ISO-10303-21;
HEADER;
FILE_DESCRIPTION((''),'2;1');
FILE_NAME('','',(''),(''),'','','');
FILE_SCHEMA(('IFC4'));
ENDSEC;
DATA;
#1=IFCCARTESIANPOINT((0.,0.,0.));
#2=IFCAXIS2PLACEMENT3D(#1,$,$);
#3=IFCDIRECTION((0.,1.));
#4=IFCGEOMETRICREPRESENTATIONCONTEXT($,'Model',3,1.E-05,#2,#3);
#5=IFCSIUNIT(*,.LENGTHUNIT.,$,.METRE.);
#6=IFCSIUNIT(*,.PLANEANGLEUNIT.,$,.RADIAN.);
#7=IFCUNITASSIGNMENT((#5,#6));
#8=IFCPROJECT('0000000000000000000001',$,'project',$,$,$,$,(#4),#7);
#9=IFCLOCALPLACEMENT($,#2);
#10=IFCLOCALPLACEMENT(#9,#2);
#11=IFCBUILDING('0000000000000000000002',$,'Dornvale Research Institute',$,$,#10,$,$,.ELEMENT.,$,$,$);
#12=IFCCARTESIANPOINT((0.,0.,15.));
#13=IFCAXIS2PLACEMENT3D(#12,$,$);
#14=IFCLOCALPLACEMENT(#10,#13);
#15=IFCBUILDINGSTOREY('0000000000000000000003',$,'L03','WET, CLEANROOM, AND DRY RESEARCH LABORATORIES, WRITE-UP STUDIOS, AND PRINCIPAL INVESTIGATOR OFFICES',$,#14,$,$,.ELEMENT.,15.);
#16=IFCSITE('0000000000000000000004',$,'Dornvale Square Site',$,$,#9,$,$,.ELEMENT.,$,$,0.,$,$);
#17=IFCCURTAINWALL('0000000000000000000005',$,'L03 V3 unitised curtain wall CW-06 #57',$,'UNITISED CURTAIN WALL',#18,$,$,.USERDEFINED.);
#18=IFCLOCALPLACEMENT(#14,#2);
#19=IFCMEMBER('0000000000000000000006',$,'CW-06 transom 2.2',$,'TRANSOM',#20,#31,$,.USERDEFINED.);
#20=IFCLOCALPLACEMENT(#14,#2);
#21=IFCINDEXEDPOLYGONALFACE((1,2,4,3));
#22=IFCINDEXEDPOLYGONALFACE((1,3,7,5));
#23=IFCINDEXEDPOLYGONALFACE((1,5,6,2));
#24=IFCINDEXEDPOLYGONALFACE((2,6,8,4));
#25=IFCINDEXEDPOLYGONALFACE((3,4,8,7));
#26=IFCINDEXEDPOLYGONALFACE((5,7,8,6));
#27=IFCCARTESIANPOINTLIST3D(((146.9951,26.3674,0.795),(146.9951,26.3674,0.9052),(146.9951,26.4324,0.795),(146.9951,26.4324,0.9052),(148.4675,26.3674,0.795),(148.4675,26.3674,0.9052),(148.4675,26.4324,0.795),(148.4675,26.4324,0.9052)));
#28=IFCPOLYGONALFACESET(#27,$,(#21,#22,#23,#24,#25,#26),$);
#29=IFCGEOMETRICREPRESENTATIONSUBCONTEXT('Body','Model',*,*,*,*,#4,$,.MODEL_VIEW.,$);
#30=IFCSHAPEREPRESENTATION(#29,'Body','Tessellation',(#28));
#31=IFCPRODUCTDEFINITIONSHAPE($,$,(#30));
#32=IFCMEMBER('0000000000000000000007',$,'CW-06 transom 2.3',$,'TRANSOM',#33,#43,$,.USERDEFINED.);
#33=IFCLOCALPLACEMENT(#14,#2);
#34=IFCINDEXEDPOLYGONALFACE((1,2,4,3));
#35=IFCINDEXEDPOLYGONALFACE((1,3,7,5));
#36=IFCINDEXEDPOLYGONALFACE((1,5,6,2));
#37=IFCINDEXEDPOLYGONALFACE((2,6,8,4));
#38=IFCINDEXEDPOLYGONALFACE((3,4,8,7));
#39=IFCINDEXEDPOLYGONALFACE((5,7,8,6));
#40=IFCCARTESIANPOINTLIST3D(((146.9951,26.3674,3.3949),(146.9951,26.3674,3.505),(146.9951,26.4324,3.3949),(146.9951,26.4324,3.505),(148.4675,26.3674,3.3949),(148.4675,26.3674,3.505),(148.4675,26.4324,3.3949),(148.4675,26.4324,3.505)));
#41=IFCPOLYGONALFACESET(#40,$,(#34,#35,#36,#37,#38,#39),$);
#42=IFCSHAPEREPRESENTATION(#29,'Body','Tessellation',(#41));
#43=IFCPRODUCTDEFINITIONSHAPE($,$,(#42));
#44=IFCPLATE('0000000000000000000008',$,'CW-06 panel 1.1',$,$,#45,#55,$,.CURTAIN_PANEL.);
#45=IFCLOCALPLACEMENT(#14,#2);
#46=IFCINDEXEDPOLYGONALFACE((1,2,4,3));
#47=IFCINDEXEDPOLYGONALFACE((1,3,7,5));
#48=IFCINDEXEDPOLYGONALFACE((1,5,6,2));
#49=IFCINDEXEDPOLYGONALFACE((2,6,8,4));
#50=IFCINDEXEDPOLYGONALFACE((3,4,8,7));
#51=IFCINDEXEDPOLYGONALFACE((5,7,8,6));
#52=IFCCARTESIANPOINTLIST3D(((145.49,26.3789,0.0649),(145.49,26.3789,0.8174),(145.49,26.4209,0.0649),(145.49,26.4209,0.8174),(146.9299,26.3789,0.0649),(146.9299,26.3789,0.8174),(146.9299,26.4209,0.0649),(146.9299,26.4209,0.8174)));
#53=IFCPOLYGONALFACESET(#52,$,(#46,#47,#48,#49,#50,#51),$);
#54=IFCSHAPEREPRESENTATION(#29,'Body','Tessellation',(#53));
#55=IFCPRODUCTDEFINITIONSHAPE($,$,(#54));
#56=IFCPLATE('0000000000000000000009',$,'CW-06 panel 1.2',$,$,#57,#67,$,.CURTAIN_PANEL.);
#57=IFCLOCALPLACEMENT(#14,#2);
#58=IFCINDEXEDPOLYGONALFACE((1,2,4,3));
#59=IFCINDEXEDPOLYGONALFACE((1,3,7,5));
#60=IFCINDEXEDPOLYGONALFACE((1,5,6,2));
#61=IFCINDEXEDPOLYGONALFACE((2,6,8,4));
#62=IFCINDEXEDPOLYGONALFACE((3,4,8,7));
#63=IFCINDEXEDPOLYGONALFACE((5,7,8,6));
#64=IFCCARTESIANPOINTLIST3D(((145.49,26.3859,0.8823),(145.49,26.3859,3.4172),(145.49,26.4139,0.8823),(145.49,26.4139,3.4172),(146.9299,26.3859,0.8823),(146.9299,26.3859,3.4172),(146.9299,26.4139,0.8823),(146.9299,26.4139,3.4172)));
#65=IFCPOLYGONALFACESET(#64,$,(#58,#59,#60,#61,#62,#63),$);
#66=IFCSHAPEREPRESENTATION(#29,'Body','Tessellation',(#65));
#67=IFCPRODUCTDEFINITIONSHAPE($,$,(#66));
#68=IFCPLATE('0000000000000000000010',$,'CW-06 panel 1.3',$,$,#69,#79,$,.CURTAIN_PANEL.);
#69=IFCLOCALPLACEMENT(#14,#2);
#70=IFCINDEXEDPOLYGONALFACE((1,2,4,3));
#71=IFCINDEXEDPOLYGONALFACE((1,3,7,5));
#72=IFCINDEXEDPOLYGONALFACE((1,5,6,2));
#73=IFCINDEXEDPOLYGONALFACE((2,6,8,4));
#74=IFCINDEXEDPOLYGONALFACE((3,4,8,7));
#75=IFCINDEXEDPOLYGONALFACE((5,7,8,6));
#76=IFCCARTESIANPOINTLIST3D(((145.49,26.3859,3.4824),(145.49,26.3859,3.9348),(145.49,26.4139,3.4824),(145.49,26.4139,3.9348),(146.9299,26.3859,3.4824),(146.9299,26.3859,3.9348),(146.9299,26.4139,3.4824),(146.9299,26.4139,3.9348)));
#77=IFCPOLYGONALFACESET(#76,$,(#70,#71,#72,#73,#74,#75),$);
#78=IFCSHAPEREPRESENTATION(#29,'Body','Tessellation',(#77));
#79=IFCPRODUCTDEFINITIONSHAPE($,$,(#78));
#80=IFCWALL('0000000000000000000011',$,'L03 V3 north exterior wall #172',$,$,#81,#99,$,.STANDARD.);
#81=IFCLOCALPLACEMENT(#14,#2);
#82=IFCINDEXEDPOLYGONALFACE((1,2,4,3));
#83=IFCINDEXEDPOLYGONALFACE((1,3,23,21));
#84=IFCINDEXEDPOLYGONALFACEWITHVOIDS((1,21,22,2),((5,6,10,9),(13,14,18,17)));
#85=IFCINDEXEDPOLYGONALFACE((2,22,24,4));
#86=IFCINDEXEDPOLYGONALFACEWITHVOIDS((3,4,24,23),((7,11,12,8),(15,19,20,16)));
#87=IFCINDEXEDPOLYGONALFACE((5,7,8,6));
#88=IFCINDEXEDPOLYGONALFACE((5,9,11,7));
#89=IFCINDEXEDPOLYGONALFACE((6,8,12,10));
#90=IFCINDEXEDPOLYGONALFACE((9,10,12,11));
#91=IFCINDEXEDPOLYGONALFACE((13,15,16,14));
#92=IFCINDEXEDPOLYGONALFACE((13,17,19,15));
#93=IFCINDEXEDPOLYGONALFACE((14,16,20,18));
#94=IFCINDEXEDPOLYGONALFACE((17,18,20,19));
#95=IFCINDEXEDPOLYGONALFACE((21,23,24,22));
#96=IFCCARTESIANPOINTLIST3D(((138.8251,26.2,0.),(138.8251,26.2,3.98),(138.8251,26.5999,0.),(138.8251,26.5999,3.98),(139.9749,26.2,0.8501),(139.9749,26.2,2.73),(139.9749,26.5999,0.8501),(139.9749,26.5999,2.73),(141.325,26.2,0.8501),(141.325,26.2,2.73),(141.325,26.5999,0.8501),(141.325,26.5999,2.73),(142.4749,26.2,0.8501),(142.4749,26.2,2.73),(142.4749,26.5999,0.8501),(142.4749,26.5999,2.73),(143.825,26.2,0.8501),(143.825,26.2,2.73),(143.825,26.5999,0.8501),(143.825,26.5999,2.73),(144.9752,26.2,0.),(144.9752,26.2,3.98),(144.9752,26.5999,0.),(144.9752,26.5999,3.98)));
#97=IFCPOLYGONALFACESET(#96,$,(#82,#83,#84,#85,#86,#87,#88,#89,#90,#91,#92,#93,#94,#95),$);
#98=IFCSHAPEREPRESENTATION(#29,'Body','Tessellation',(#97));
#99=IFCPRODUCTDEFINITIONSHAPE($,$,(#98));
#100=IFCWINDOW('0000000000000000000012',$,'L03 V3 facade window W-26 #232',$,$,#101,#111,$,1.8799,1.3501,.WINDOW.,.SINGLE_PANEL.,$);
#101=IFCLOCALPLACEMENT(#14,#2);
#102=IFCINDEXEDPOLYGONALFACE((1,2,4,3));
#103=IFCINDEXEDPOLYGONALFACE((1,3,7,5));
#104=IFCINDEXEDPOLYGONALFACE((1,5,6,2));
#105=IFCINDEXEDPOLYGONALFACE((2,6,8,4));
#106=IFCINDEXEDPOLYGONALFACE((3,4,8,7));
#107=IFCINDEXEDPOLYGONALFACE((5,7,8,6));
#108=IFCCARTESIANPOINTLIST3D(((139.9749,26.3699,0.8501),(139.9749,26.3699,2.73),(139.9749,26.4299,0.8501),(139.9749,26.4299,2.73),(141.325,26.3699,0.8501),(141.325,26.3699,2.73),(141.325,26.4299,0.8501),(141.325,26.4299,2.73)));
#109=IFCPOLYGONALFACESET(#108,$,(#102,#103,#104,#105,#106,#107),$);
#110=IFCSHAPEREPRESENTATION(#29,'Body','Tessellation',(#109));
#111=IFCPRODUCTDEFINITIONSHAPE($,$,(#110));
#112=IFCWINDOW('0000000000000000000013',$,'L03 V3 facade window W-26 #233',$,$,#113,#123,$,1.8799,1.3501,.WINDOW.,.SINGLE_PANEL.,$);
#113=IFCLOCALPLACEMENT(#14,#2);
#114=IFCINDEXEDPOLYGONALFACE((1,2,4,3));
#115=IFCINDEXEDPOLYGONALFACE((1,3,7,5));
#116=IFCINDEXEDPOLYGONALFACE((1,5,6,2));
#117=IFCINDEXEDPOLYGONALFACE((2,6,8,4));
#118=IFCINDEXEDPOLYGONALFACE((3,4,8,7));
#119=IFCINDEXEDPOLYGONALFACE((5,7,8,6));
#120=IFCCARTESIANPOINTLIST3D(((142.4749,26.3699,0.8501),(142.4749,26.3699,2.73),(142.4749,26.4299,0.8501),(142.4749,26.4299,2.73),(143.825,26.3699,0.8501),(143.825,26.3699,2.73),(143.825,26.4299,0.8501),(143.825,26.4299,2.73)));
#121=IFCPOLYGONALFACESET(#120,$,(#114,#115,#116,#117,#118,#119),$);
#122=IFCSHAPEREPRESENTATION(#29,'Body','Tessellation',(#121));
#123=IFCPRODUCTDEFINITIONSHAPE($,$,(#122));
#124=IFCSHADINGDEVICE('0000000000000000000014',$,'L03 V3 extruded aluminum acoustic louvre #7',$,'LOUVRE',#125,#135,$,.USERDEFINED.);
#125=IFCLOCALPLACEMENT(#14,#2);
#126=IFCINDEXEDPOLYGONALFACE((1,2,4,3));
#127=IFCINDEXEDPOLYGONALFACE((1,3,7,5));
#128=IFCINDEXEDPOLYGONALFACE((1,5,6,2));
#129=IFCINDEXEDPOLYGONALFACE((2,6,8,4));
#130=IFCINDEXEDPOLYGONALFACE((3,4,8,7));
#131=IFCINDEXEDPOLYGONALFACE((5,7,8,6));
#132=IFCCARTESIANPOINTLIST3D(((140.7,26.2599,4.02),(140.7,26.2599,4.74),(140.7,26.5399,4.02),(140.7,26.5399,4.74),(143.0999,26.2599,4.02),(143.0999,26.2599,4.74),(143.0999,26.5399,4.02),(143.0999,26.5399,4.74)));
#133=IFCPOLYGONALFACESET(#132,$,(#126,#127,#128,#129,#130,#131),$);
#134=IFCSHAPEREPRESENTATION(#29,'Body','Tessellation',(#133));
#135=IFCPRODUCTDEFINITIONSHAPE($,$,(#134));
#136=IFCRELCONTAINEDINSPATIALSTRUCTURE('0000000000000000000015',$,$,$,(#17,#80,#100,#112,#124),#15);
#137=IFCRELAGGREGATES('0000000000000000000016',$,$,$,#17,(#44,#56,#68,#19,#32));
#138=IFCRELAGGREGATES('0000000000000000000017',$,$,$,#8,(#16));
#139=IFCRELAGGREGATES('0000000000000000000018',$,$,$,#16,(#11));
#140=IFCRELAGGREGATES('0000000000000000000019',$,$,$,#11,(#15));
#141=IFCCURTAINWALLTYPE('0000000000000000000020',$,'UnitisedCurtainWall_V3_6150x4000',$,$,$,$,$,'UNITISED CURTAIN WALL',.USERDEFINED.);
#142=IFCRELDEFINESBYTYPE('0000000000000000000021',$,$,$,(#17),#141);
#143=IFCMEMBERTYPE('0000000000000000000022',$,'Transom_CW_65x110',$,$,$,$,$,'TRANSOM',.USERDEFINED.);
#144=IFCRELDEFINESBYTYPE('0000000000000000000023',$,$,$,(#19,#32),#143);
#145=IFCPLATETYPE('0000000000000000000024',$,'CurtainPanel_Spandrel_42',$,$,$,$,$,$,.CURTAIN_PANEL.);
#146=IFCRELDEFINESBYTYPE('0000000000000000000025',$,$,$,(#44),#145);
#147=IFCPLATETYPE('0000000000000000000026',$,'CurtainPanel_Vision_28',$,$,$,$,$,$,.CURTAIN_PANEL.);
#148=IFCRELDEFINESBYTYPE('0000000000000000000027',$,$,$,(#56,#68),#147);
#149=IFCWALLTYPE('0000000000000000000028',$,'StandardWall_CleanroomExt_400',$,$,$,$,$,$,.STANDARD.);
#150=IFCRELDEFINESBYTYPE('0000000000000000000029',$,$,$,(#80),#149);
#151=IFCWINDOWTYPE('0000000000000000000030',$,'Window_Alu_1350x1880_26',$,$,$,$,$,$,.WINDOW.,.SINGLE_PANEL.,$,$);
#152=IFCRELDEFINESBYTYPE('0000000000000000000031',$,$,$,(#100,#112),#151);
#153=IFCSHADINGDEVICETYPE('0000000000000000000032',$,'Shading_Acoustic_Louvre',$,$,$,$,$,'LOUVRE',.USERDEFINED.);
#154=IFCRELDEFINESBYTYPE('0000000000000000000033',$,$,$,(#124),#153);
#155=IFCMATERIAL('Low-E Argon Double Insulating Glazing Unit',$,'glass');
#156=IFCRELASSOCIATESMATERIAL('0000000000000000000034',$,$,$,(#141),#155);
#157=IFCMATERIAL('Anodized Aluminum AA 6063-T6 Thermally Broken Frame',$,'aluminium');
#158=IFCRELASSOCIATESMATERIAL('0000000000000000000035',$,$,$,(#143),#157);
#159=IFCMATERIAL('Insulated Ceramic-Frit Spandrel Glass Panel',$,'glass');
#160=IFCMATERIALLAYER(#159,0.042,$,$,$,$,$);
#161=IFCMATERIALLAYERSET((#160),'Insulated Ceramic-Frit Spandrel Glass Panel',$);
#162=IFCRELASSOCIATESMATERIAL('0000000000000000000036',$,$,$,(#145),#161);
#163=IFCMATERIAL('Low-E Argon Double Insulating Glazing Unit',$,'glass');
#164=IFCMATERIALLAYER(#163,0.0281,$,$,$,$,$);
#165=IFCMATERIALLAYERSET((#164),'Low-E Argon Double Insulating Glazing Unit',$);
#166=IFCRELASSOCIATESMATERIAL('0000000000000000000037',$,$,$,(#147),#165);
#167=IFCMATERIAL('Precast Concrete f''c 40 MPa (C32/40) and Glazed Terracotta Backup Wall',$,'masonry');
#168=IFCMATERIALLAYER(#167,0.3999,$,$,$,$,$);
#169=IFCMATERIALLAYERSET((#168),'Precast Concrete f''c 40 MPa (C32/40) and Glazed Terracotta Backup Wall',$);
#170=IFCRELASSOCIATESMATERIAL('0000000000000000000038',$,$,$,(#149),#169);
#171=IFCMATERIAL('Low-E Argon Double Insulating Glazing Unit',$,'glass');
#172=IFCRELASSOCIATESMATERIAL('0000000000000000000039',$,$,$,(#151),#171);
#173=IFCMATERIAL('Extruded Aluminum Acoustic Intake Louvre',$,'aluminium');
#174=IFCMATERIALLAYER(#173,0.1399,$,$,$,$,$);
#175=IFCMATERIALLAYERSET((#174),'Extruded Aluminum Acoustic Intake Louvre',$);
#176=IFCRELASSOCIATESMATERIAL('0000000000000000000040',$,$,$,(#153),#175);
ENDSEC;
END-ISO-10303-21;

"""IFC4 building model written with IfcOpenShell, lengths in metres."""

from ifc_helpers import new_model, si_unit, direction, frame, frame_2d, origin, origin_2d, place, context, subcontext, project, spatial, rectangle, extrude, material, layer, layer_set, material_profile, profile_set, type_object, element, fill, aggregate, save


model = new_model("IFC4")

# Units and contexts
model_context = context("Model", 3, precision=1e-05, world=origin(), true_north=direction((0.0, 1.0)))
body_context = subcontext(model_context, "Body", "Model", "MODEL_VIEW")
ifc_project = project(units=[si_unit("LENGTHUNIT", "METRE"), si_unit("PLANEANGLEUNIT", "RADIAN")], contexts=[model_context])

# Site, building, storey
site_placement = place(None, origin())
site = spatial("IfcSite", under=ifc_project, at=site_placement, Name="Dornvale Square Site", CompositionType="ELEMENT", RefElevation=0.0)
building_placement = place(site_placement, origin())
building = spatial("IfcBuilding", under=site, at=building_placement, Name="Dornvale Research Institute", CompositionType="ELEMENT")
storey_placement = place(building_placement, frame((0.0, 0.0, 15.0)))
storey = spatial("IfcBuildingStorey", under=building, at=storey_placement, Name="L03", Description="WET, CLEANROOM, AND DRY RESEARCH LABORATORIES, WRITE-UP STUDIOS, AND PRINCIPAL INVESTIGATOR OFFICES", CompositionType="ELEMENT", Elevation=15.0)

# Shared definitions
ifc_material_1 = material(Name="Low-E Argon Double Insulating Glazing Unit", Category="glass")
curtain_wall_type = type_object("IfcCurtainWallType", Name="UnitisedCurtainWall_V3_6150x4000", ElementType="UNITISED CURTAIN WALL", PredefinedType="USERDEFINED", material=ifc_material_1)

# Curtain wall
curtain_wall_1_placement = place(storey_placement, origin())
curtain_wall_1 = element("IfcCurtainWall", 1, at=curtain_wall_1_placement, inside=storey, type_object=curtain_wall_type, Name="L03 V3 unitised curtain wall CW-06 #57", ObjectType="UNITISED CURTAIN WALL", PredefinedType="USERDEFINED")

# Members
ifc_material_2 = material(Name="Anodized Aluminum AA 6063-T6 Thermally Broken Frame", Category="aluminium")
ifc_material_profile_1 = material_profile(ifc_material_2, rectangle(XDim=0.0649, YDim=0.1101, at=origin_2d()), Name="ALU TRANSOM 65x110")
ifc_profile_set_1 = profile_set([ifc_material_profile_1], Name="Anodized Aluminum AA 6063-T6 Thermally Broken Frame")
member_type_1 = type_object("IfcMemberType", Name="Transom_CW_65x110", ElementType="TRANSOM", PredefinedType="USERDEFINED", material=ifc_profile_set_1)
member_1_placement = place(storey_placement, frame((146.9951, 26.3999, 0.8501), z_axis=(1.0, 0.0, 0.0), x_axis=(0.0, 1.0, 0.0)))
member_1 = element("IfcMember", 2, at=member_1_placement, type_object=member_type_1, Name="CW-06 transom 2.2", ObjectType="TRANSOM", PredefinedType="USERDEFINED", context=body_context, shape_type="SweptSolid", body=[
    extrude(rectangle(XDim=0.0649, YDim=0.1101, at=origin_2d()), origin(), (0.0, 0.0, 1.0), 1.4724),
])
member_2_placement = place(storey_placement, frame((146.9951, 26.3999, 3.45), z_axis=(1.0, 0.0, 0.0), x_axis=(0.0, 1.0, 0.0)))
member_2 = element("IfcMember", 3, at=member_2_placement, type_object=member_type_1, Name="CW-06 transom 2.3", ObjectType="TRANSOM", PredefinedType="USERDEFINED", context=body_context, shape_type="SweptSolid", body=[
    extrude(rectangle(XDim=0.0649, YDim=0.1101, at=origin_2d()), origin(), (0.0, 0.0, 1.0), 1.4724),
])

# Plates
ifc_material_3 = material(Name="Insulated Ceramic-Frit Spandrel Glass Panel", Category="glass")
ifc_layer_1 = layer(ifc_material_3, 0.042)
ifc_layer_set_1 = layer_set([ifc_layer_1], Name="Insulated Ceramic-Frit Spandrel Glass Panel")
plate_type_1 = type_object("IfcPlateType", Name="CurtainPanel_Spandrel_42", PredefinedType="CURTAIN_PANEL", material=ifc_layer_set_1)
plate_1_placement = place(storey_placement, frame((146.21, 26.3999, 0.0649), z_axis=(0.0, 0.0, 1.0), x_axis=(1.0, 0.0, 0.0)))
plate_1 = element("IfcPlate", 4, at=plate_1_placement, type_object=plate_type_1, Name="CW-06 panel 1.1", PredefinedType="CURTAIN_PANEL", context=body_context, shape_type="SweptSolid", body=[
    extrude(rectangle(XDim=1.4399, YDim=0.042, at=origin_2d()), origin(), (0.0, 0.0, 1.0), 0.7524),
])
ifc_material_4 = material(Name="Low-E Argon Double Insulating Glazing Unit", Category="glass")
ifc_layer_2 = layer(ifc_material_4, 0.0281)
ifc_layer_set_2 = layer_set([ifc_layer_2], Name="Low-E Argon Double Insulating Glazing Unit")
plate_type_2 = type_object("IfcPlateType", Name="CurtainPanel_Vision_28", PredefinedType="CURTAIN_PANEL", material=ifc_layer_set_2)
plate_2_placement = place(storey_placement, frame((146.21, 26.3999, 0.8823), z_axis=(0.0, 0.0, 1.0), x_axis=(1.0, 0.0, 0.0)))
plate_2 = element("IfcPlate", 5, at=plate_2_placement, type_object=plate_type_2, Name="CW-06 panel 1.2", PredefinedType="CURTAIN_PANEL", context=body_context, shape_type="SweptSolid", body=[
    extrude(rectangle(XDim=1.4399, YDim=0.0281, at=origin_2d()), origin(), (0.0, 0.0, 1.0), 2.5349),
])
plate_3_placement = place(storey_placement, frame((146.21, 26.3999, 3.4824), z_axis=(0.0, 0.0, 1.0), x_axis=(1.0, 0.0, 0.0)))
plate_3 = element("IfcPlate", 6, at=plate_3_placement, type_object=plate_type_2, Name="CW-06 panel 1.3", PredefinedType="CURTAIN_PANEL", context=body_context, shape_type="SweptSolid", body=[
    extrude(rectangle(XDim=1.4399, YDim=0.0281, at=origin_2d()), origin(), (0.0, 0.0, 1.0), 0.4524),
])
aggregate(curtain_wall_1, [plate_1, plate_2, plate_3, member_1, member_2])

# Wall, openings, windows
ifc_material_5 = material(Name="Precast Concrete f'c 40 MPa (C32/40) and Glazed Terracotta Backup Wall", Category="masonry")
ifc_layer_3 = layer(ifc_material_5, 0.3999)
ifc_layer_set_3 = layer_set([ifc_layer_3], Name="Precast Concrete f'c 40 MPa (C32/40) and Glazed Terracotta Backup Wall")
wall_type = type_object("IfcWallType", Name="StandardWall_CleanroomExt_400", PredefinedType="STANDARD", material=ifc_layer_set_3)
wall_placement = place(storey_placement, frame((138.825, 26.3999, 0.0), z_axis=(0.0, 0.0, 1.0), x_axis=(1.0, 0.0, 0.0)))
wall = element("IfcWall", 7, at=wall_placement, inside=storey, type_object=wall_type, Name="L03 V3 north exterior wall #172", PredefinedType="STANDARD", context=body_context, shape_type="SweptSolid", body=[
    extrude(rectangle(XDim=6.1501, YDim=0.3999, at=frame_2d((3.0752, 0.0))), origin(), (0.0, 0.0, 1.0), 3.98),
])
opening_1_placement = place(wall_placement, frame((1.1499, 0.0, 0.8501)))
opening_1 = element("IfcOpeningElement", 8, at=opening_1_placement, cuts=wall, PredefinedType="OPENING", context=body_context, shape_type="SweptSolid", body=[
    extrude(rectangle(XDim=1.3501, YDim=1.8799, at=frame_2d((0.675, 0.9399))), frame((0.0, 0.2148, 0.0), z_axis=(0.0, -1.0, 0.0), x_axis=(1.0, 0.0, 0.0)), (0.0, 0.0, 1.0), 0.4299),
])
opening_2_placement = place(wall_placement, frame((3.6499, 0.0, 0.8501)))
opening_2 = element("IfcOpeningElement", 9, at=opening_2_placement, cuts=wall, PredefinedType="OPENING", context=body_context, shape_type="SweptSolid", body=[
    extrude(rectangle(XDim=1.3501, YDim=1.8799, at=frame_2d((0.675, 0.9399))), frame((0.0, 0.2148, 0.0), z_axis=(0.0, -1.0, 0.0), x_axis=(1.0, 0.0, 0.0)), (0.0, 0.0, 1.0), 0.4299),
])
ifc_material_6 = material(Name="Low-E Argon Double Insulating Glazing Unit", Category="glass")
window_type = type_object("IfcWindowType", Name="Window_Alu_1350x1880_26", PartitioningType="SINGLE_PANEL", PredefinedType="WINDOW", material=ifc_material_6)
window_1_placement = place(opening_1_placement, origin())
window_1 = element("IfcWindow", 10, at=window_1_placement, inside=storey, type_object=window_type, Name="L03 V3 facade window W-26 #232", OverallHeight=1.8799, OverallWidth=1.3501, PartitioningType="SINGLE_PANEL", PredefinedType="WINDOW", context=body_context, shape_type="SweptSolid", body=[
    extrude(rectangle(XDim=1.3501, YDim=1.8799, at=frame_2d((0.675, 0.9399))), frame((0.0, 0.03, 0.0), z_axis=(0.0, -1.0, 0.0), x_axis=(1.0, 0.0, 0.0)), (0.0, 0.0, 1.0), 0.0601),
])
fill(opening_1, window_1)
window_2_placement = place(opening_2_placement, origin())
window_2 = element("IfcWindow", 11, at=window_2_placement, inside=storey, type_object=window_type, Name="L03 V3 facade window W-26 #233", OverallHeight=1.8799, OverallWidth=1.3501, PartitioningType="SINGLE_PANEL", PredefinedType="WINDOW", context=body_context, shape_type="SweptSolid", body=[
    extrude(rectangle(XDim=1.3501, YDim=1.8799, at=frame_2d((0.675, 0.9399))), frame((0.0, 0.03, 0.0), z_axis=(0.0, -1.0, 0.0), x_axis=(1.0, 0.0, 0.0)), (0.0, 0.0, 1.0), 0.0601),
])
fill(opening_2, window_2)

# Shading device
ifc_material_7 = material(Name="Extruded Aluminum Acoustic Intake Louvre", Category="aluminium")
ifc_layer_4 = layer(ifc_material_7, 0.1399)
ifc_layer_set_4 = layer_set([ifc_layer_4], Name="Extruded Aluminum Acoustic Intake Louvre")
shading_device_type = type_object("IfcShadingDeviceType", Name="Shading_Acoustic_Louvre", ElementType="LOUVRE", PredefinedType="USERDEFINED", material=ifc_layer_set_4)
shading_device_placement = place(storey_placement, frame((141.8999, 26.3999, 4.02), z_axis=(0.0, 0.0, 1.0), x_axis=(1.0, 0.0, 0.0)))
element("IfcShadingDevice", 12, at=shading_device_placement, inside=storey, type_object=shading_device_type, Name="L03 V3 extruded aluminum acoustic louvre #7", ObjectType="LOUVRE", PredefinedType="USERDEFINED", context=body_context, shape_type="SweptSolid", body=[
    extrude(rectangle(XDim=2.3999, YDim=0.28, at=origin_2d()), origin(), (0.0, 0.0, 1.0), 0.72),
])

save(model, "model.ifc")
